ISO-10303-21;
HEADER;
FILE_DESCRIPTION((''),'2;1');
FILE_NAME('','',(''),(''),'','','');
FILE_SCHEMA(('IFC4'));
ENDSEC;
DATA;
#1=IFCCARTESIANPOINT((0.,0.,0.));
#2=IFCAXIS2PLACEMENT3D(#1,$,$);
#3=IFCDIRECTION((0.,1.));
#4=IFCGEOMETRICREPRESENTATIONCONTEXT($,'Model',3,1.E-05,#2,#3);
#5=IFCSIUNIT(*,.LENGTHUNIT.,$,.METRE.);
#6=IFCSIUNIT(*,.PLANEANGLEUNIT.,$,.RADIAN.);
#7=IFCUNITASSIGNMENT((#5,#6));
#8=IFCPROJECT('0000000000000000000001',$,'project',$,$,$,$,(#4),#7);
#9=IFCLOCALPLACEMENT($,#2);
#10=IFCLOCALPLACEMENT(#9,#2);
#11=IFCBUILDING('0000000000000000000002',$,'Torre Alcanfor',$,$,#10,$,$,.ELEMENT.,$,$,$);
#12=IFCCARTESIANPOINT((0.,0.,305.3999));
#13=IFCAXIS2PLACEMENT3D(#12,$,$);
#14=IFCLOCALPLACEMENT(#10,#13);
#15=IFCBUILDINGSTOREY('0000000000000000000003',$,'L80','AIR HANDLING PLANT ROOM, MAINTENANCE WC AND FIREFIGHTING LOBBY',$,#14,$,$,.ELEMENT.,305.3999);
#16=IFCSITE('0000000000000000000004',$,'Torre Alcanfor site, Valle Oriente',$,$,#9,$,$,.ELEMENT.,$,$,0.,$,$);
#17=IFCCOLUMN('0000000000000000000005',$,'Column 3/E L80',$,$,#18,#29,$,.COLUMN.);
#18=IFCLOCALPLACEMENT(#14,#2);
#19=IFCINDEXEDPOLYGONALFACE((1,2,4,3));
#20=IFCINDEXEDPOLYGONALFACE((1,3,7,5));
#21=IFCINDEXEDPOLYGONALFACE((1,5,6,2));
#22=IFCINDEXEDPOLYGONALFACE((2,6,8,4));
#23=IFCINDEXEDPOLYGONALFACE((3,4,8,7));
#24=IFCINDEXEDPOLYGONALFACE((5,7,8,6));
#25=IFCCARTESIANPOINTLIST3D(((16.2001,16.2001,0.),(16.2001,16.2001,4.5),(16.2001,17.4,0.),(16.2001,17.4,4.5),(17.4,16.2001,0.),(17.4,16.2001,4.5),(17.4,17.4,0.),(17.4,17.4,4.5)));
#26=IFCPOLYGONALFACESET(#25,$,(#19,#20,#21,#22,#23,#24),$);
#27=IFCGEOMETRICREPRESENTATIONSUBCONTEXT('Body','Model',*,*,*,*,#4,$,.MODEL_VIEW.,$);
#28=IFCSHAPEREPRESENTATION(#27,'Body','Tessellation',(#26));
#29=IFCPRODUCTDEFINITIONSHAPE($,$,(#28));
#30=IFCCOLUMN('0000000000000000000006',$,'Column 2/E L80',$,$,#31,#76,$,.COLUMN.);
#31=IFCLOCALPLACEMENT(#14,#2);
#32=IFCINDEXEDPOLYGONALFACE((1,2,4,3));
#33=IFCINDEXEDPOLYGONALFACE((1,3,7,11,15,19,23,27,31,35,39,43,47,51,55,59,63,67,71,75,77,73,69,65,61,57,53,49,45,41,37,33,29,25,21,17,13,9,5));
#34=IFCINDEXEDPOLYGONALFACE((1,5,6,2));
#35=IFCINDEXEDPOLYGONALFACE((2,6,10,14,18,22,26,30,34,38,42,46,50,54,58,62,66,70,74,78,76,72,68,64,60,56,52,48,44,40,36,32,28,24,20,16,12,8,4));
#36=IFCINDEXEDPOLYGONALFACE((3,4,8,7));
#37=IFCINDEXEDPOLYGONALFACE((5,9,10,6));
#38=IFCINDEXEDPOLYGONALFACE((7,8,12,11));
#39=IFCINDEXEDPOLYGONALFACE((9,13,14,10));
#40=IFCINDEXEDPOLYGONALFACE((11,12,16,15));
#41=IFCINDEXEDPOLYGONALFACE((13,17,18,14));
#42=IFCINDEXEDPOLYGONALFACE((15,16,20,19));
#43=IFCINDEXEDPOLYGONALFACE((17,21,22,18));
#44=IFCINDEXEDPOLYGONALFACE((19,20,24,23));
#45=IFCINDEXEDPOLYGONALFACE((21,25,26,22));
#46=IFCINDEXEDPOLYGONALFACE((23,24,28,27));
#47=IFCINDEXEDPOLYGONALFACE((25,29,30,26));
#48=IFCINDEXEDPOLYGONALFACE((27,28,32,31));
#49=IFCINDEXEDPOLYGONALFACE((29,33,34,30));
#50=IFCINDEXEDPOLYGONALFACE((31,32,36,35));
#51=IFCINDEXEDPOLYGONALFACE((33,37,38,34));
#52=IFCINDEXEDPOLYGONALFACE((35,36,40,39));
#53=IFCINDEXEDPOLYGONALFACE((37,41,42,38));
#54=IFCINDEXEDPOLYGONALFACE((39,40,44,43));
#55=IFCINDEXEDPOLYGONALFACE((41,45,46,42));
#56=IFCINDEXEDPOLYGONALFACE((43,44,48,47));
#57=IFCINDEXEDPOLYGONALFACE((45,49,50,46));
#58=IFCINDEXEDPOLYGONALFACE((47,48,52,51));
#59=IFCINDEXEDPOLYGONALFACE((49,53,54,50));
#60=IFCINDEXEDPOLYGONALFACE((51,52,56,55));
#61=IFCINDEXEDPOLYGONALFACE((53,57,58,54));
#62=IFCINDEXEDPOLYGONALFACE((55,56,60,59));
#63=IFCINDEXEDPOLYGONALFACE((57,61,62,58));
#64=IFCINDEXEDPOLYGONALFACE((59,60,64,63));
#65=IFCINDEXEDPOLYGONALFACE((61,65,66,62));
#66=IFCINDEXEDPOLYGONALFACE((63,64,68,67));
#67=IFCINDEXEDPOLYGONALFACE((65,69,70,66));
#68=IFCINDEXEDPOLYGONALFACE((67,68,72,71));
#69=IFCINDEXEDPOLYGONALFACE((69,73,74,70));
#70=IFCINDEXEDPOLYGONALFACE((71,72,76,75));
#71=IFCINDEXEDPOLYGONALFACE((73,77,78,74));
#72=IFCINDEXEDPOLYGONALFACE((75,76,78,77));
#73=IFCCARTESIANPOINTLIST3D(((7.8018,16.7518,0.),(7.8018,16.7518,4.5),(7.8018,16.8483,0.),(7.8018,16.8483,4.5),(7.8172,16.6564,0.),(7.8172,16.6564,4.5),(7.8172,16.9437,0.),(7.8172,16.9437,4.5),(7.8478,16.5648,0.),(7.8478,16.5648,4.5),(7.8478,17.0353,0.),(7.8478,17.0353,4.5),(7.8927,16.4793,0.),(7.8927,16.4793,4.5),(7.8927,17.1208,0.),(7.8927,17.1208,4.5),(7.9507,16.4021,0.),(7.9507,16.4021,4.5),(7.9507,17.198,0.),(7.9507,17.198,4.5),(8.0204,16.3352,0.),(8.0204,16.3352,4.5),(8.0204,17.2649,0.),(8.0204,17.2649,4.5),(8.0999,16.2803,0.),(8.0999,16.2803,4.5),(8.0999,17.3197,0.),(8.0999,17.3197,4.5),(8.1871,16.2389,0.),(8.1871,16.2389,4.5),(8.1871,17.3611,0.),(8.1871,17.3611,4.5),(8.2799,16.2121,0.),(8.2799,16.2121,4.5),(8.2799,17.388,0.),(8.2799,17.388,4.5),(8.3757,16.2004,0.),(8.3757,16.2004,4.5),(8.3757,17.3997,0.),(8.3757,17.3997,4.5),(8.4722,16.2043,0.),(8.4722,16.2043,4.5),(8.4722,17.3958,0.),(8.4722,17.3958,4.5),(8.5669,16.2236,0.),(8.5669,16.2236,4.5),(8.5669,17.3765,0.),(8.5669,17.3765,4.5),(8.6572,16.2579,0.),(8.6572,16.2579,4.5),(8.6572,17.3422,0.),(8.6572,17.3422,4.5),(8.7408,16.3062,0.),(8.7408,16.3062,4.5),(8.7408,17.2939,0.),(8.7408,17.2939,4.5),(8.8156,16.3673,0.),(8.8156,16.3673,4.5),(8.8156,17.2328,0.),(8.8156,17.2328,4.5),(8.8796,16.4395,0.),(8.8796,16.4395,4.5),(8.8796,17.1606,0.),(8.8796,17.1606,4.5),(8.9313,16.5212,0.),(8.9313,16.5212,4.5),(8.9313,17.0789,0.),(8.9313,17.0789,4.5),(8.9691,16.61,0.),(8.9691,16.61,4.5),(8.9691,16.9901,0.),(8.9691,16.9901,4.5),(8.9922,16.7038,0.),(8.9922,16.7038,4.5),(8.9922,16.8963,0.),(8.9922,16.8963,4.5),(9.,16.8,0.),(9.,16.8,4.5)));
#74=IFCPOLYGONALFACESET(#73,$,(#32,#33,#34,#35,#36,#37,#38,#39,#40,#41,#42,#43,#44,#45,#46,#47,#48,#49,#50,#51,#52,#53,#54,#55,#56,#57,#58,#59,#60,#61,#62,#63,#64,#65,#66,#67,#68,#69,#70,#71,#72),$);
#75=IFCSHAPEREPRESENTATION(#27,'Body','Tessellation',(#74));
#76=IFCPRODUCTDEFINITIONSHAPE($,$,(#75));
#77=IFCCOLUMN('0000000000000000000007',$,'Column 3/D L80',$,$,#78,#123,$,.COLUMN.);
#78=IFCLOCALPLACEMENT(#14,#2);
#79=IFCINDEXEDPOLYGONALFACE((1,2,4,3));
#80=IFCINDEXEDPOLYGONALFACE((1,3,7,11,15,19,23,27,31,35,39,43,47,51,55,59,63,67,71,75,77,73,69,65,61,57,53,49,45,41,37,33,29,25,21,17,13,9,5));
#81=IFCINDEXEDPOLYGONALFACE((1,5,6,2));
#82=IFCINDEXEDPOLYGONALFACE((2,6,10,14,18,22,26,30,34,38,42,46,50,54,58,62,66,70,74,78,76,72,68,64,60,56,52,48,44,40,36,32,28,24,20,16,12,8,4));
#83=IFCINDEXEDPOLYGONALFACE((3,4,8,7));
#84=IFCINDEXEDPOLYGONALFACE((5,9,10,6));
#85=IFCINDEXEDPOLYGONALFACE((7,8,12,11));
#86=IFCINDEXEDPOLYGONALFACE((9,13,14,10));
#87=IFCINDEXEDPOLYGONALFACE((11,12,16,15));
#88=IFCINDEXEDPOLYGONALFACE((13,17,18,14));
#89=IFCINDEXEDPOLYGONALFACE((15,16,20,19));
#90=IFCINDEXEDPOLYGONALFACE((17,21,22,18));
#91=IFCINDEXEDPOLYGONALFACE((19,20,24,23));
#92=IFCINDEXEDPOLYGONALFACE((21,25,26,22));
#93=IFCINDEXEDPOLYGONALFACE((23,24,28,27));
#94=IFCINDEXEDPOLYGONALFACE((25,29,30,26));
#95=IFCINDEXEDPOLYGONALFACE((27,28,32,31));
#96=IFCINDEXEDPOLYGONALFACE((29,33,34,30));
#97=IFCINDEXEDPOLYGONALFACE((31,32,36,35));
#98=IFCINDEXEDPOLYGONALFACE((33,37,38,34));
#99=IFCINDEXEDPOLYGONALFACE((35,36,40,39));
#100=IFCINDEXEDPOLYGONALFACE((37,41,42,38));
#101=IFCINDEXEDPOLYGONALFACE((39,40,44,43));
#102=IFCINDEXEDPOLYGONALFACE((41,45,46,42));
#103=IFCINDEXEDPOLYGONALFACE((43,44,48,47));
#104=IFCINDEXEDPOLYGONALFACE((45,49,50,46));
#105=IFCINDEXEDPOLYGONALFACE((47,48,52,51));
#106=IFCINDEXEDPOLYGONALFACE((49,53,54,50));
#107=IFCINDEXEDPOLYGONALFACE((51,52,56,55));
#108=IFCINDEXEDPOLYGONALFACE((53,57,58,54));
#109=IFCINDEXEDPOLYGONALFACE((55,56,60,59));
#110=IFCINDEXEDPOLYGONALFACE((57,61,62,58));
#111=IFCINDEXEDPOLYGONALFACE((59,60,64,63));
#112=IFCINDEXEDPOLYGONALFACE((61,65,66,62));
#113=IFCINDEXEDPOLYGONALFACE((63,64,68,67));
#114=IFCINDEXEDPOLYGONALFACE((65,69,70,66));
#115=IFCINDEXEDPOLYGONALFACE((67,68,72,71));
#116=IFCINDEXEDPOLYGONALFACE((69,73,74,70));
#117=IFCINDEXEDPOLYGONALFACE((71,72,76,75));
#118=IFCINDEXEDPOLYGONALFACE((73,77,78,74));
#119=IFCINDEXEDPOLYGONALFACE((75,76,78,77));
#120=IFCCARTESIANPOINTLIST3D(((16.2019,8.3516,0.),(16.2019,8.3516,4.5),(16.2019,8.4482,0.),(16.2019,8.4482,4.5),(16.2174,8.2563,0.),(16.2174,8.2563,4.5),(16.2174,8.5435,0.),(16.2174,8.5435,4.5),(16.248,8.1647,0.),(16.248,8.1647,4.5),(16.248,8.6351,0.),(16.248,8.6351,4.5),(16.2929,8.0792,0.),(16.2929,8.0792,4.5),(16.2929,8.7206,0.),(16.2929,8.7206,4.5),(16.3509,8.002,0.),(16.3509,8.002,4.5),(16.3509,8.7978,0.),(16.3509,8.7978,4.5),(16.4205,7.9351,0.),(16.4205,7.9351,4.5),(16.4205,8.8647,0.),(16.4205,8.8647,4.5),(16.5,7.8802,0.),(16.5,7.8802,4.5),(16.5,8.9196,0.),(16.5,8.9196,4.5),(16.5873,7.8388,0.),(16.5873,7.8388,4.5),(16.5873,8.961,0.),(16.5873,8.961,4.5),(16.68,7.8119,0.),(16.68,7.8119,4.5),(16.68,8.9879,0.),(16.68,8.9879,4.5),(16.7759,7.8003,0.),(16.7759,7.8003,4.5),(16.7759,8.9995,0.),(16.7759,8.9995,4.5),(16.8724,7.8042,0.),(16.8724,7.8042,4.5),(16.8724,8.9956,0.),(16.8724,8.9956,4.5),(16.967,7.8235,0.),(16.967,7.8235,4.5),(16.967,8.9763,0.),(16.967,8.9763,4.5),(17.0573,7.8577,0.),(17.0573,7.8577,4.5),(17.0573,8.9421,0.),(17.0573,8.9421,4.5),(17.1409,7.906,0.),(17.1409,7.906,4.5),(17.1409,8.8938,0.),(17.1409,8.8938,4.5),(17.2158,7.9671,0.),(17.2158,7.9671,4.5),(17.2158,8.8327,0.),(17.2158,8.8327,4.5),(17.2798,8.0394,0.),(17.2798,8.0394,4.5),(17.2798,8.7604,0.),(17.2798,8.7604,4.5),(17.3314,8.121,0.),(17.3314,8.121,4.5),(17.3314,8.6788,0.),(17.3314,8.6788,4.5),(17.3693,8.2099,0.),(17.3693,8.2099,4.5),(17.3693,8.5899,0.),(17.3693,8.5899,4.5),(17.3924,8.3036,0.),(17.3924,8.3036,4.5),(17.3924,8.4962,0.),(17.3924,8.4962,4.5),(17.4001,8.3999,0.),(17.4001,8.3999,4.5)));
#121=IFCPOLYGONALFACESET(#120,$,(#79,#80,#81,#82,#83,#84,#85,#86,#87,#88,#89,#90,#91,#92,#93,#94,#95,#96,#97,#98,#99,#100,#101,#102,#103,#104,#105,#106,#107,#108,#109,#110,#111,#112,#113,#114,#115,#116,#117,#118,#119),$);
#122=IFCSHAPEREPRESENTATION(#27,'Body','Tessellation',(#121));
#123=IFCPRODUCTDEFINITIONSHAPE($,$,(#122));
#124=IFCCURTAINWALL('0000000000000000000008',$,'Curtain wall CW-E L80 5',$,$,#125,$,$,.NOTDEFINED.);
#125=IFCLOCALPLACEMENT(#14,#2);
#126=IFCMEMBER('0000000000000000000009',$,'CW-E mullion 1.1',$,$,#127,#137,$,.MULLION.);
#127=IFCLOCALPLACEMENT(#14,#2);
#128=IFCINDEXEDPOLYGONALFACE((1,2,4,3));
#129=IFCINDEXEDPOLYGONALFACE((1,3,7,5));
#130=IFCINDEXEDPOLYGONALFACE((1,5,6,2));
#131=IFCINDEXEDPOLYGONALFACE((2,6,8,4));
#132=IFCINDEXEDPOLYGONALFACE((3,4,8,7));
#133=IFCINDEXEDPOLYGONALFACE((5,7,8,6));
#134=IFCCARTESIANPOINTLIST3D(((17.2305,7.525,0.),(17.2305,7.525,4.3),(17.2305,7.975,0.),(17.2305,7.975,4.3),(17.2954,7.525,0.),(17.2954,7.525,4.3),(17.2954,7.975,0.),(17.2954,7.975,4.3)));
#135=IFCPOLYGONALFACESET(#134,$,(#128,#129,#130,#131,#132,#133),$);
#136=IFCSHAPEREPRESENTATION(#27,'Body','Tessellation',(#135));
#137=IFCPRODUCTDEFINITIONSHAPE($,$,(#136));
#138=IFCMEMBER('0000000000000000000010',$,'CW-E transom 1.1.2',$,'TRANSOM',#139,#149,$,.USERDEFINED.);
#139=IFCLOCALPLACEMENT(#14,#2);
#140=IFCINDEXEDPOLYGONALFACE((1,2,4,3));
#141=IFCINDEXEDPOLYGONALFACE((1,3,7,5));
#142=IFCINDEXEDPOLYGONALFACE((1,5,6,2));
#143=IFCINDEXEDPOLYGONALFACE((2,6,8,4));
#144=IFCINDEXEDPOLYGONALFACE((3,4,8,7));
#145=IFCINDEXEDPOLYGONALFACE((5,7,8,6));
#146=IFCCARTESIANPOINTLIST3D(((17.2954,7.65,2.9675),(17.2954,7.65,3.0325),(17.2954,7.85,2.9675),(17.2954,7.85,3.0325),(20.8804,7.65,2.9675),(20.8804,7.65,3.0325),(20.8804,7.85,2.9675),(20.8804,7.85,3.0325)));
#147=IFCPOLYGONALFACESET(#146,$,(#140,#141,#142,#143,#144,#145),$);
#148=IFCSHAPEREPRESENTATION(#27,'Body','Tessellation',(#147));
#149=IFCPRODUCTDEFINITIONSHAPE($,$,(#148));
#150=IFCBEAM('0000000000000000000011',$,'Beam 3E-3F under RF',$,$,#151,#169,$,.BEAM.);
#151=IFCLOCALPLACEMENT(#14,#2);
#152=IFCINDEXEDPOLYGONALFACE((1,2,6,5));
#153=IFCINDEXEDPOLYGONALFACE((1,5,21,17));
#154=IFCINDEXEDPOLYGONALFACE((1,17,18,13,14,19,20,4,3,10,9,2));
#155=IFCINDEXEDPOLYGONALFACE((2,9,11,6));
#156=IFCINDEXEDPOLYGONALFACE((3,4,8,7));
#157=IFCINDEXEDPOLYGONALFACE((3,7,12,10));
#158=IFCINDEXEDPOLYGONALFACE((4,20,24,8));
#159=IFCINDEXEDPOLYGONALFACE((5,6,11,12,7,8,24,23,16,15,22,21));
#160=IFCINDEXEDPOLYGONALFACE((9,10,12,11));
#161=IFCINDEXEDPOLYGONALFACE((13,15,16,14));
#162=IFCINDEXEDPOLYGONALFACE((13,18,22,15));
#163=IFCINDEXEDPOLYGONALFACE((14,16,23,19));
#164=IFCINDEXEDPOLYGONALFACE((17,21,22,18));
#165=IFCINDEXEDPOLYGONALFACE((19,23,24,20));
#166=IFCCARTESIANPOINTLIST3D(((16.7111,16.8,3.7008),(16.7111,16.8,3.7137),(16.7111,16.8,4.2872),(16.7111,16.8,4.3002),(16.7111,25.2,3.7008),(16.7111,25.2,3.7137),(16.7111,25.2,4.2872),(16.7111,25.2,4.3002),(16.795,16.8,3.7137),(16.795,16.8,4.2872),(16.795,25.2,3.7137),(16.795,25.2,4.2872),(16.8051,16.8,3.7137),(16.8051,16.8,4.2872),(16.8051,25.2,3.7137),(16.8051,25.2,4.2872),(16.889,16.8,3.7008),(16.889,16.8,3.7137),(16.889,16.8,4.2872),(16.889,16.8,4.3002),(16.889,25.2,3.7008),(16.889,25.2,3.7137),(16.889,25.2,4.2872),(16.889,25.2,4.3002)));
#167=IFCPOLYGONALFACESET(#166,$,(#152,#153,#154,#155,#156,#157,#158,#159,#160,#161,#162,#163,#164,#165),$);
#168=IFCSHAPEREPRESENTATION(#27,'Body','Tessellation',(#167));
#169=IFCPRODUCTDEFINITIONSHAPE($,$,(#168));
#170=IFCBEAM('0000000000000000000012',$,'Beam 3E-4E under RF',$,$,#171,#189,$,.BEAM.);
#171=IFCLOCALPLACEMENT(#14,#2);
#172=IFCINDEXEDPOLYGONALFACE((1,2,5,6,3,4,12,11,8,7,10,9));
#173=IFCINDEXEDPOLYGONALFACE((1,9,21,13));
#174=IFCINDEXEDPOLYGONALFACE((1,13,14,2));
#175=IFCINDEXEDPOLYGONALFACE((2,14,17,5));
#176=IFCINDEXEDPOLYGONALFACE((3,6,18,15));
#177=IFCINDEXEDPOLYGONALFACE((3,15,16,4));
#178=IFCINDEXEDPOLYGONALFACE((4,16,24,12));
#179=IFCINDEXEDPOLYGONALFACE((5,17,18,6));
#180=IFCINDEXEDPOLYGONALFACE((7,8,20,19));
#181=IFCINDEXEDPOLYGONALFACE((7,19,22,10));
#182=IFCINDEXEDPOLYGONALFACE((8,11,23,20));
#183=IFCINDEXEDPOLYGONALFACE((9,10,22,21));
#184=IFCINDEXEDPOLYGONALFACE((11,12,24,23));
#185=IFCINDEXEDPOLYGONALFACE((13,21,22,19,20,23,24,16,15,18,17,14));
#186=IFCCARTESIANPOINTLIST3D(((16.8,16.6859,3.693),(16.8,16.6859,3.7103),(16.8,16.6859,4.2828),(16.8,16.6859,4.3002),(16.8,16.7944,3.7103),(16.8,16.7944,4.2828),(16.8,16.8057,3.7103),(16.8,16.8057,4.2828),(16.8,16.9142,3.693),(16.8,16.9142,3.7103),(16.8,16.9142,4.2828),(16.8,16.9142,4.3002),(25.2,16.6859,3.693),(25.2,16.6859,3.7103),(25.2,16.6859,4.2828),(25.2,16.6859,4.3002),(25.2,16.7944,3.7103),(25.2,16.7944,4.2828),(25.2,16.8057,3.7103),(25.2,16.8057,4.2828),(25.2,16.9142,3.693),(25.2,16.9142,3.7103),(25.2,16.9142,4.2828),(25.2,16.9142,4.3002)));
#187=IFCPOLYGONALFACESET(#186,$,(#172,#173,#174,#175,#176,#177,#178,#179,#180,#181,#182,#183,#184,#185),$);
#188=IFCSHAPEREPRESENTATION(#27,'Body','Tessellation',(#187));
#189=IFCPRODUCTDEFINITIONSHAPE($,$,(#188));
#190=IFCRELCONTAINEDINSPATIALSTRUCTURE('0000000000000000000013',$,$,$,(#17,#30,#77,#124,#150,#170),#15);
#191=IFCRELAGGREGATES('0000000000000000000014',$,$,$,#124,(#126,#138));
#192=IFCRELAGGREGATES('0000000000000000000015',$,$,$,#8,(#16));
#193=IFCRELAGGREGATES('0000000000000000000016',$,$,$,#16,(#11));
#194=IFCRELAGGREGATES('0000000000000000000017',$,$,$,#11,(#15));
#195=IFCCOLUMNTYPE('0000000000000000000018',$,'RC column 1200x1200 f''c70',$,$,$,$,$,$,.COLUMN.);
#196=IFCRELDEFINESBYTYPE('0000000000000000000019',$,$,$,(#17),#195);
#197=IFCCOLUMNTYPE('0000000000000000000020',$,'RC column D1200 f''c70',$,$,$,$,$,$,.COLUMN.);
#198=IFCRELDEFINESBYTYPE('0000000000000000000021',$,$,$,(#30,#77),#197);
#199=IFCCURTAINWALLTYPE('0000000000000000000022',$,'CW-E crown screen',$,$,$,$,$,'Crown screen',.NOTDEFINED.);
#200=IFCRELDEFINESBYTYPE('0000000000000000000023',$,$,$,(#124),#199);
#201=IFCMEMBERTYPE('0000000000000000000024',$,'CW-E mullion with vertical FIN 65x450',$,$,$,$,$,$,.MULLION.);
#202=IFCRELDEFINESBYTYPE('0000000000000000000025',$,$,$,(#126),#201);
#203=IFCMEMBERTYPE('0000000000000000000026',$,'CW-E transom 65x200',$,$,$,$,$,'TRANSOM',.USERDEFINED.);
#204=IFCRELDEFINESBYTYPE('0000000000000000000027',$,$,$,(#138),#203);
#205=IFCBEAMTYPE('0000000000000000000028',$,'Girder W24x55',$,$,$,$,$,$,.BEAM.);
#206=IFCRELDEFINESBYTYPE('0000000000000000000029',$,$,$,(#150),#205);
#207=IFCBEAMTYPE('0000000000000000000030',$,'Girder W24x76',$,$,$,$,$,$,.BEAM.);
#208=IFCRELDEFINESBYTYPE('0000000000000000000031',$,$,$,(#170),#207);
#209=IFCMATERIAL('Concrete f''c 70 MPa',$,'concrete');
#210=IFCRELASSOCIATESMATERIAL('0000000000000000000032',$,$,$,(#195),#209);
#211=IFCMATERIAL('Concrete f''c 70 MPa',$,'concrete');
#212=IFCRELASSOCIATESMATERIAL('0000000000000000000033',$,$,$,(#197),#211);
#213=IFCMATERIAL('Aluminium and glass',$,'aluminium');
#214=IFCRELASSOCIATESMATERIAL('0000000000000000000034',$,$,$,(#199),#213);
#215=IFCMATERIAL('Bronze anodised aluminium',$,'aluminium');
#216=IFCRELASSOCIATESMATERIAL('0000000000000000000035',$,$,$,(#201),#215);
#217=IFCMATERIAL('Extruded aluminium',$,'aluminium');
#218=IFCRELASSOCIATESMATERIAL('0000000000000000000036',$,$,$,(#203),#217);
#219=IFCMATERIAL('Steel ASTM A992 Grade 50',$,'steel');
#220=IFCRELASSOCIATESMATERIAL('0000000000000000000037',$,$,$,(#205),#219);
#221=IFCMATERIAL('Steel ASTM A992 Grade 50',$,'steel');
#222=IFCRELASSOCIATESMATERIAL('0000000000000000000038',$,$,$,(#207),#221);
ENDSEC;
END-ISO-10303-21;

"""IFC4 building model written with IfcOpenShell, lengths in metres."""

from ifc_helpers import new_model, si_unit, direction, frame, origin, origin_2d, place, context, subcontext, project, spatial, rectangle, circle, i_section, extrude, material, material_profile, profile_set, type_object, element, aggregate, save


model = new_model("IFC4")

# Units and contexts
model_context = context("Model", 3, precision=1e-05, world=origin(), true_north=direction((0.0, 1.0)))
body_context = subcontext(model_context, "Body", "Model", "MODEL_VIEW")
ifc_project = project(units=[si_unit("LENGTHUNIT", "METRE"), si_unit("PLANEANGLEUNIT", "RADIAN")], contexts=[model_context])

# Site, building, storey
site_placement = place(None, origin())
site = spatial("IfcSite", under=ifc_project, at=site_placement, Name="Torre Alcanfor site, Valle Oriente", CompositionType="ELEMENT", RefElevation=0.0)
building_placement = place(site_placement, origin())
building = spatial("IfcBuilding", under=site, at=building_placement, Name="Torre Alcanfor", CompositionType="ELEMENT")
storey_placement = place(building_placement, frame((0.0, 0.0, 305.3999)))
storey = spatial("IfcBuildingStorey", under=building, at=storey_placement, Name="L80", Description="AIR HANDLING PLANT ROOM, MAINTENANCE WC AND FIREFIGHTING LOBBY", CompositionType="ELEMENT", Elevation=305.3999)

# Columns
ifc_material_1 = material(Name="Concrete f'c 70 MPa", Category="concrete")
ifc_material_profile_1 = material_profile(ifc_material_1, rectangle(XDim=1.2, YDim=1.2, at=origin_2d()), Name="1200x1200")
ifc_profile_set_1 = profile_set([ifc_material_profile_1], Name="Concrete f'c 70 MPa")
column_type_1 = type_object("IfcColumnType", Name="RC column 1200x1200 f'c70", PredefinedType="COLUMN", material=ifc_profile_set_1)
column_placement = place(storey_placement, frame((16.8, 16.8, 0.0), z_axis=(0.0, 0.0, 1.0), x_axis=(1.0, 0.0, 0.0)))
element("IfcColumn", 1, at=column_placement, inside=storey, type_object=column_type_1, Name="Column 3/E L80", PredefinedType="COLUMN", context=body_context, shape_type="SweptSolid", body=[
    extrude(rectangle(XDim=1.2, YDim=1.2, at=origin_2d()), origin(), (0.0, 0.0, 1.0), 4.5),
])
ifc_material_2 = material(Name="Concrete f'c 70 MPa", Category="concrete")
ifc_material_profile_2 = material_profile(ifc_material_2, circle(Radius=0.6001, at=origin_2d()), Name="D1200")
ifc_profile_set_2 = profile_set([ifc_material_profile_2], Name="Concrete f'c 70 MPa")
column_type_2 = type_object("IfcColumnType", Name="RC column D1200 f'c70", PredefinedType="COLUMN", material=ifc_profile_set_2)
for number, where, z_axis, x_axis, name in (
    (2, (8.3999, 16.8, 0.0), (0.0, 0.0, 1.0), (1.0, 0.0, 0.0), "Column 2/E L80"),
    (3, (16.8, 8.3999, 0.0), (0.0, 0.0, 1.0), (1.0, 0.0, 0.0), "Column 3/D L80"),
):
    element("IfcColumn", number, at=place(storey_placement, frame(where, z_axis=z_axis, x_axis=x_axis)), inside=storey, type_object=column_type_2, Name=name, PredefinedType="COLUMN", context=body_context, shape_type="SweptSolid", body=[
        extrude(circle(Radius=0.6001, at=origin_2d()), origin(), (0.0, 0.0, 1.0), 4.5),
    ])

# Curtain wall, members
ifc_material_3 = material(Name="Aluminium and glass", Category="aluminium")
curtain_wall_type = type_object("IfcCurtainWallType", Name="CW-E crown screen", ElementType="Crown screen", PredefinedType="NOTDEFINED", material=ifc_material_3)
curtain_wall_placement = place(storey_placement, origin())
curtain_wall = element("IfcCurtainWall", 4, at=curtain_wall_placement, inside=storey, type_object=curtain_wall_type, Name="Curtain wall CW-E L80 5", PredefinedType="NOTDEFINED")
ifc_material_4 = material(Name="Bronze anodised aluminium", Category="aluminium")
ifc_material_profile_3 = material_profile(ifc_material_4, rectangle(XDim=0.45, YDim=0.0649, at=origin_2d()), Name="CW-E mullion 65x450")
ifc_profile_set_3 = profile_set([ifc_material_profile_3], Name="Bronze anodised aluminium")
member_type_1 = type_object("IfcMemberType", Name="CW-E mullion with vertical FIN 65x450", PredefinedType="MULLION", material=ifc_profile_set_3)
member_1_placement = place(storey_placement, frame((17.2629, 7.75, 0.0), z_axis=(0.0, 0.0, 1.0), x_axis=(0.0, 1.0, 0.0)))
member_1 = element("IfcMember", 5, at=member_1_placement, type_object=member_type_1, Name="CW-E mullion 1.1", PredefinedType="MULLION", context=body_context, shape_type="SweptSolid", body=[
    extrude(rectangle(XDim=0.45, YDim=0.0649, at=origin_2d()), origin(), (0.0, 0.0, 1.0), 4.3),
])
ifc_material_5 = material(Name="Extruded aluminium", Category="aluminium")
ifc_material_profile_4 = material_profile(ifc_material_5, rectangle(XDim=0.2, YDim=0.0649, at=origin_2d()), Name="CW-E transom 200x65")
ifc_profile_set_4 = profile_set([ifc_material_profile_4], Name="Extruded aluminium")
member_type_2 = type_object("IfcMemberType", Name="CW-E transom 65x200", ElementType="TRANSOM", PredefinedType="USERDEFINED", material=ifc_profile_set_4)
member_2_placement = place(storey_placement, frame((17.2954, 7.75, 3.0), z_axis=(1.0, 0.0, 0.0), x_axis=(0.0, 1.0, 0.0)))
member_2 = element("IfcMember", 6, at=member_2_placement, type_object=member_type_2, Name="CW-E transom 1.1.2", ObjectType="TRANSOM", PredefinedType="USERDEFINED", context=body_context, shape_type="SweptSolid", body=[
    extrude(rectangle(XDim=0.2, YDim=0.0649, at=origin_2d()), origin(), (0.0, 0.0, 1.0), 3.585),
])
aggregate(curtain_wall, [member_1, member_2])

# Beams
ifc_material_6 = material(Name="Steel ASTM A992 Grade 50", Category="steel")
ifc_material_profile_5 = material_profile(ifc_material_6, i_section(OverallWidth=0.178, OverallDepth=0.5994, WebThickness=0.01, FlangeThickness=0.0129, at=origin_2d()), Name="W24x55")
ifc_profile_set_5 = profile_set([ifc_material_profile_5], Name="Steel ASTM A992 Grade 50")
beam_type_1 = type_object("IfcBeamType", Name="Girder W24x55", PredefinedType="BEAM", material=ifc_profile_set_5)
beam_1_placement = place(storey_placement, frame((16.8, 16.8, 4.0005), z_axis=(0.0, 1.0, 0.0), x_axis=(-1.0, 0.0, 0.0)))
element("IfcBeam", 7, at=beam_1_placement, inside=storey, type_object=beam_type_1, Name="Beam 3E-3F under RF", PredefinedType="BEAM", context=body_context, shape_type="SweptSolid", body=[
    extrude(i_section(OverallWidth=0.178, OverallDepth=0.5994, WebThickness=0.01, FlangeThickness=0.0129, at=origin_2d()), origin(), (0.0, 0.0, 1.0), 8.3999),
])
ifc_material_7 = material(Name="Steel ASTM A992 Grade 50", Category="steel")
ifc_material_profile_6 = material_profile(ifc_material_7, i_section(OverallWidth=0.2283, OverallDepth=0.6072, WebThickness=0.0112, FlangeThickness=0.0173, at=origin_2d()), Name="W24x76")
ifc_profile_set_6 = profile_set([ifc_material_profile_6], Name="Steel ASTM A992 Grade 50")
beam_type_2 = type_object("IfcBeamType", Name="Girder W24x76", PredefinedType="BEAM", material=ifc_profile_set_6)
beam_2_placement = place(storey_placement, frame((16.8, 16.8, 3.9966), z_axis=(1.0, 0.0, 0.0), x_axis=(0.0, 1.0, 0.0)))
element("IfcBeam", 8, at=beam_2_placement, inside=storey, type_object=beam_type_2, Name="Beam 3E-4E under RF", PredefinedType="BEAM", context=body_context, shape_type="SweptSolid", body=[
    extrude(i_section(OverallWidth=0.2283, OverallDepth=0.6072, WebThickness=0.0112, FlangeThickness=0.0173, at=origin_2d()), origin(), (0.0, 0.0, 1.0), 8.3999),
])

save(model, "model.ifc")
